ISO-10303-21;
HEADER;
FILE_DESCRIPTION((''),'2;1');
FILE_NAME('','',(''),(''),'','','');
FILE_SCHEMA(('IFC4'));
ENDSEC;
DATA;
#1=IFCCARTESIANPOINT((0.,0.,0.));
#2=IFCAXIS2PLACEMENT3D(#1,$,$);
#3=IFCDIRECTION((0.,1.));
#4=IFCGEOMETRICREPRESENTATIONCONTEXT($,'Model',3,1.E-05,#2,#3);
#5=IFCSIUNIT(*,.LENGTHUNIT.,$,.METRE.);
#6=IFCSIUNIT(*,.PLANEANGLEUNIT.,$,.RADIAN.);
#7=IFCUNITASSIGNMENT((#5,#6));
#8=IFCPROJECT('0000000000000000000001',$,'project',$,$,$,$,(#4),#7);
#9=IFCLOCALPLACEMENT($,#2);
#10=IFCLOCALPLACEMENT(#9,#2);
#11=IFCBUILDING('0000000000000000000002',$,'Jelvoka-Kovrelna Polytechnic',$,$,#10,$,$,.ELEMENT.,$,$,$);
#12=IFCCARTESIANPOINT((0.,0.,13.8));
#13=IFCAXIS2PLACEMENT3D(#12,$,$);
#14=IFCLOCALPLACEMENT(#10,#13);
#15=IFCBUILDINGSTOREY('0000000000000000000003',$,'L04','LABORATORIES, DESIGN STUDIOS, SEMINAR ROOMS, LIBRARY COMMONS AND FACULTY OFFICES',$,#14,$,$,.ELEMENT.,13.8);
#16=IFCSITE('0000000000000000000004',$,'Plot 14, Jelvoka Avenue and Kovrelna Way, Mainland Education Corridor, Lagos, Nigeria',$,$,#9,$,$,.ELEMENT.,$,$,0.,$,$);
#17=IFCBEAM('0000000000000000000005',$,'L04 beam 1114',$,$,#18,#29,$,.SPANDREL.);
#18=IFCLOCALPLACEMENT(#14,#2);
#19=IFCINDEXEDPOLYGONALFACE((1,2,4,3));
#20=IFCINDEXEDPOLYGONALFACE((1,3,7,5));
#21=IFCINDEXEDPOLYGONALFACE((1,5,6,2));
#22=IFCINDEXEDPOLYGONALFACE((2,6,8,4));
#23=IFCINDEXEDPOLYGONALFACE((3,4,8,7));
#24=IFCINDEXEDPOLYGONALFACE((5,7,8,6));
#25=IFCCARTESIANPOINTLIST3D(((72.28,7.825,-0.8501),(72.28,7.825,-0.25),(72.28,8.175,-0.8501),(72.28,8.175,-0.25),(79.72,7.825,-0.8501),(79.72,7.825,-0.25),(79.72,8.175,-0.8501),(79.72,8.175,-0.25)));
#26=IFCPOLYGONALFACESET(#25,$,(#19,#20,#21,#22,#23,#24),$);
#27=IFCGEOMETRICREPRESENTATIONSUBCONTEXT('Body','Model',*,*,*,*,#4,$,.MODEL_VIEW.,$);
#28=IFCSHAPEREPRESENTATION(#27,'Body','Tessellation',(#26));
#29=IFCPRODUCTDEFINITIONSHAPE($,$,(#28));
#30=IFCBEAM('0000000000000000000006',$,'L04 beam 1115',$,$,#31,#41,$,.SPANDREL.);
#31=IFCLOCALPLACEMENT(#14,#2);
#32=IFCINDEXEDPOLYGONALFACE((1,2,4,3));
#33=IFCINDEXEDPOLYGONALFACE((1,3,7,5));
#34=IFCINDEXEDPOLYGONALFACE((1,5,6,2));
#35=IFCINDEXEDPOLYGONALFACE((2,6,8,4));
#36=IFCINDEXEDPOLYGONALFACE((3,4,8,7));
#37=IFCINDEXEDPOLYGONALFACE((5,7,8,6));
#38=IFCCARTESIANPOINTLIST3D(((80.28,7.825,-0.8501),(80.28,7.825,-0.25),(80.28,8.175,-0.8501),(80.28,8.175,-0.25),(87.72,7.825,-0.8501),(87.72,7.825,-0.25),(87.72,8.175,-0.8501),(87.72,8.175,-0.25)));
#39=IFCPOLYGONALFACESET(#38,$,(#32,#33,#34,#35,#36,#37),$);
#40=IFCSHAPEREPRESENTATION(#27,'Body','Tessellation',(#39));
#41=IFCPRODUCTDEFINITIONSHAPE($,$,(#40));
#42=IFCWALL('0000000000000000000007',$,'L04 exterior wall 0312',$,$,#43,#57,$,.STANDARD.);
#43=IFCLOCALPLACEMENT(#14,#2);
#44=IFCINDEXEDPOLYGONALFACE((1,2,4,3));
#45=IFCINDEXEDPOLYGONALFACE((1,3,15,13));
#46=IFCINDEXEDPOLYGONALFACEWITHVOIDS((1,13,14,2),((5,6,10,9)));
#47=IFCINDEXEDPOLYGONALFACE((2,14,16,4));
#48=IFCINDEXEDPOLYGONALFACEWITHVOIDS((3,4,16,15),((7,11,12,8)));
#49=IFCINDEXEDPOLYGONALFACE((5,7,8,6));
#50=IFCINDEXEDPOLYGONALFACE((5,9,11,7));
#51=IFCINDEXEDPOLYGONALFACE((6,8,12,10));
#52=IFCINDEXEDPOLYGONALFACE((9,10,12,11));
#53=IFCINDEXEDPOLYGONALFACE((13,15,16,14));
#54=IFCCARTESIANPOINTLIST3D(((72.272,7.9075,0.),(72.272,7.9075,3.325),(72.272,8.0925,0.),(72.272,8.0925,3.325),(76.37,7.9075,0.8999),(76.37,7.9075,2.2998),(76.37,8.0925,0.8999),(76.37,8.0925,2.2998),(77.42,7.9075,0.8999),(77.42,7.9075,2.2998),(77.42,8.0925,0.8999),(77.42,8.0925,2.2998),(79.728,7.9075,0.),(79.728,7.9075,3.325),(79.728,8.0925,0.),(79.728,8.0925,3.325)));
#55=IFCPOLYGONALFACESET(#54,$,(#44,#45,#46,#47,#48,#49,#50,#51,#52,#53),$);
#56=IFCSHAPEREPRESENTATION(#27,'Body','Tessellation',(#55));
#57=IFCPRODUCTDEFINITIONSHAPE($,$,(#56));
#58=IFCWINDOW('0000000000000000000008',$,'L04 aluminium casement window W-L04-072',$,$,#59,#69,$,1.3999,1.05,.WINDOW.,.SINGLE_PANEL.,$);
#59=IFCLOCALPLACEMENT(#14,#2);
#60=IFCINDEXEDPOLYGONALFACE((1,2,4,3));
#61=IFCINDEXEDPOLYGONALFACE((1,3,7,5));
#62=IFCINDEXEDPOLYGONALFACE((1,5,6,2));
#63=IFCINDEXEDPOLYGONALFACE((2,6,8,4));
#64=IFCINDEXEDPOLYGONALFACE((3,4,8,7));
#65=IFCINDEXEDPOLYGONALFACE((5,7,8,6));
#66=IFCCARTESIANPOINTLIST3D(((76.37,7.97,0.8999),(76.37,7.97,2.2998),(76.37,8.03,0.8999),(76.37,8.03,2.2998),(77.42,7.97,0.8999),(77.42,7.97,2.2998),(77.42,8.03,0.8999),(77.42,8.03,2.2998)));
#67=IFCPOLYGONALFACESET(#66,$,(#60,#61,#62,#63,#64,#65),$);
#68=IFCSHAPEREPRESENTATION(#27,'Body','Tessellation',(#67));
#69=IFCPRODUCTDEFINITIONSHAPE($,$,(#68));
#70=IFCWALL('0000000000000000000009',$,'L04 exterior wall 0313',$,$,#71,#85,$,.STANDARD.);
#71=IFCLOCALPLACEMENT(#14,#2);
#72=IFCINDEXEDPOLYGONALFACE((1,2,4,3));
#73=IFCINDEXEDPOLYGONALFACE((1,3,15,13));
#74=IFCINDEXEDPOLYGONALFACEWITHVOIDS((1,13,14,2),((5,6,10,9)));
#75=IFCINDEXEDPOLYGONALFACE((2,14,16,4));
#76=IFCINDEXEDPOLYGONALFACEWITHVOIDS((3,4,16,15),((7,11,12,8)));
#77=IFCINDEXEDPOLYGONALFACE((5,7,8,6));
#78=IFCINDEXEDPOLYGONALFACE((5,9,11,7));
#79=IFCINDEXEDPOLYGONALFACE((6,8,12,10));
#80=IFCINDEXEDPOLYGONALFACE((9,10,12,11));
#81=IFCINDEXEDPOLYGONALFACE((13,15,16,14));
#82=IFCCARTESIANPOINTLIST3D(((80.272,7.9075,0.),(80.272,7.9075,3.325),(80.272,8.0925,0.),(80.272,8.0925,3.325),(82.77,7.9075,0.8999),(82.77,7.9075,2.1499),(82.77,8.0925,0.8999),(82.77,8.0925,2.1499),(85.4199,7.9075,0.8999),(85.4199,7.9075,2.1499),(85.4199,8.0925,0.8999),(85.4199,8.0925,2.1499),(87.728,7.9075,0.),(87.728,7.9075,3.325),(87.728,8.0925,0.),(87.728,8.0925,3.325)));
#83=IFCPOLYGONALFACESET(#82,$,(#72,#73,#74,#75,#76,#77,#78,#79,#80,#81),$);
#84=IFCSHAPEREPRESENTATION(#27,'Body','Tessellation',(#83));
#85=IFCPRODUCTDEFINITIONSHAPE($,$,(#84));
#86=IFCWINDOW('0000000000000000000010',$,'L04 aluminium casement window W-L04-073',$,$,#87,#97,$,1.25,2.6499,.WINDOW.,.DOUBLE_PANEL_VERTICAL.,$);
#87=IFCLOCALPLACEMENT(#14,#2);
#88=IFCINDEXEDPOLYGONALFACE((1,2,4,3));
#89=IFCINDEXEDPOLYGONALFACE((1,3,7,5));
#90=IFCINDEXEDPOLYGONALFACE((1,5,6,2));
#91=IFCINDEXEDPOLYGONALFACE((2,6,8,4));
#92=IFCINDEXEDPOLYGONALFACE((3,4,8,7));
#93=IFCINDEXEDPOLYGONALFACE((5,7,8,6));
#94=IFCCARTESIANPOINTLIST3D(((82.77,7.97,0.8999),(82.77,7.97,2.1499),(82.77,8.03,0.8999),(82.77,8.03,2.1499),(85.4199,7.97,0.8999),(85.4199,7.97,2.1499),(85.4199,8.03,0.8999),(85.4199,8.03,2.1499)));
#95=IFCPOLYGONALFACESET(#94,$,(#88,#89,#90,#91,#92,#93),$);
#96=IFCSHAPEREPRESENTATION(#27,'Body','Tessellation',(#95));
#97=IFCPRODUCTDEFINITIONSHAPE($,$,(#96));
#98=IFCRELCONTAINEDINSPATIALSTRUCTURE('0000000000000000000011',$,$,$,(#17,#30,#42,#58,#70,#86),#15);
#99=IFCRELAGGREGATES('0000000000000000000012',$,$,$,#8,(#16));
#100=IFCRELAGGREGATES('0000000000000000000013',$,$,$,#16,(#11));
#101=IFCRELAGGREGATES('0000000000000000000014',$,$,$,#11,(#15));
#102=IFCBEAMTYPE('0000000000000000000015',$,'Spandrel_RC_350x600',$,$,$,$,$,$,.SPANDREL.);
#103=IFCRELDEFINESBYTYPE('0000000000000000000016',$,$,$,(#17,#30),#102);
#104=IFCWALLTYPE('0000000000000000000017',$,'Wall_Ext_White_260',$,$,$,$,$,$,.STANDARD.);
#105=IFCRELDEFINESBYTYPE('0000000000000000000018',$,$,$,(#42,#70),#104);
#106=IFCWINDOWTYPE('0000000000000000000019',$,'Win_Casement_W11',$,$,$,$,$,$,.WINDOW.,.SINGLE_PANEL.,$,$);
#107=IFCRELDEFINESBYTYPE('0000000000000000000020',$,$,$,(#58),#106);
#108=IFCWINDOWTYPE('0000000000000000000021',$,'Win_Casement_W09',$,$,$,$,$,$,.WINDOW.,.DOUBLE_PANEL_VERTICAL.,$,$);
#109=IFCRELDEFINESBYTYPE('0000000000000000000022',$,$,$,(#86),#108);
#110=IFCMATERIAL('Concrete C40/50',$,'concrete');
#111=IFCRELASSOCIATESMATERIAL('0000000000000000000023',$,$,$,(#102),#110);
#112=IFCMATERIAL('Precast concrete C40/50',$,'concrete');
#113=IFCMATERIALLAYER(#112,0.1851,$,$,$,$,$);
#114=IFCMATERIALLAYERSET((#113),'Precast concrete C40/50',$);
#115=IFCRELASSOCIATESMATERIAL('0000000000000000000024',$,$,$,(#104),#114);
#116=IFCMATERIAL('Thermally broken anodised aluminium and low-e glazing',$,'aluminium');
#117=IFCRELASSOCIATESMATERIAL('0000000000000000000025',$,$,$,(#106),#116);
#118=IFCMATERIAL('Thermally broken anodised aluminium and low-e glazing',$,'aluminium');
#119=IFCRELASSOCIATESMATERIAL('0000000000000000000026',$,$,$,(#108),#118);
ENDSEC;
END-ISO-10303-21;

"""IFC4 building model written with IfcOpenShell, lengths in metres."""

from ifc_helpers import new_model, si_unit, direction, frame, frame_2d, origin, origin_2d, place, context, subcontext, project, spatial, rectangle, extrude, material, layer, layer_set, material_profile, profile_set, type_object, element, fill, save


model = new_model("IFC4")

# Units and contexts
model_context = context("Model", 3, precision=1e-05, world=origin(), true_north=direction((0.0, 1.0)))
body_context = subcontext(model_context, "Body", "Model", "MODEL_VIEW")
ifc_project = project(units=[si_unit("LENGTHUNIT", "METRE"), si_unit("PLANEANGLEUNIT", "RADIAN")], contexts=[model_context])

# Site, building, storey
site_placement = place(None, origin())
site = spatial("IfcSite", under=ifc_project, at=site_placement, Name="Plot 14, Jelvoka Avenue and Kovrelna Way, Mainland Education Corridor, Lagos, Nigeria", CompositionType="ELEMENT", RefElevation=0.0)
building_placement = place(site_placement, origin())
building = spatial("IfcBuilding", under=site, at=building_placement, Name="Jelvoka-Kovrelna Polytechnic", CompositionType="ELEMENT")
storey_placement = place(building_placement, frame((0.0, 0.0, 13.8)))
storey = spatial("IfcBuildingStorey", under=building, at=storey_placement, Name="L04", Description="LABORATORIES, DESIGN STUDIOS, SEMINAR ROOMS, LIBRARY COMMONS AND FACULTY OFFICES", CompositionType="ELEMENT", Elevation=13.8)

# Beams
ifc_material_1 = material(Name="Concrete C40/50", Category="concrete")
ifc_material_profile_1 = material_profile(ifc_material_1, rectangle(XDim=0.3501, YDim=0.6001, at=origin_2d()), Name="RC 350x600")
ifc_profile_set_1 = profile_set([ifc_material_profile_1], Name="Concrete C40/50")
beam_type_1 = type_object("IfcBeamType", Name="Spandrel_RC_350x600", PredefinedType="SPANDREL", material=ifc_profile_set_1)
for number, where, z_axis, x_axis, name in (
    (1, (72.28, 8.0, -0.55), (1.0, 0.0, 0.0), (0.0, 1.0, 0.0), "L04 beam 1114"),
    (2, (80.28, 8.0, -0.55), (1.0, 0.0, 0.0), (0.0, 1.0, 0.0), "L04 beam 1115"),
):
    element("IfcBeam", number, at=place(storey_placement, frame(where, z_axis=z_axis, x_axis=x_axis)), inside=storey, type_object=beam_type_1, Name=name, PredefinedType="SPANDREL", context=body_context, shape_type="SweptSolid", body=[
        extrude(rectangle(XDim=0.3501, YDim=0.6001, at=origin_2d()), origin(), (0.0, 0.0, 1.0), 7.4399),
    ])

# Walls, openings, windows
ifc_material_2 = material(Name="Precast concrete C40/50", Category="concrete")
ifc_layer = layer(ifc_material_2, 0.1851)
ifc_layer_set = layer_set([ifc_layer], Name="Precast concrete C40/50")
wall_type = type_object("IfcWallType", Name="Wall_Ext_White_260", PredefinedType="STANDARD", material=ifc_layer_set)
wall_1_placement = place(storey_placement, frame((79.728, 8.0, 0.0), z_axis=(0.0, 0.0, 1.0), x_axis=(-1.0, 0.0, 0.0)))
wall_1 = element("IfcWall", 3, at=wall_1_placement, inside=storey, type_object=wall_type, Name="L04 exterior wall 0312", PredefinedType="STANDARD", context=body_context, shape_type="SweptSolid", body=[
    extrude(rectangle(XDim=7.4561, YDim=0.1851, at=frame_2d((3.728, 0.0))), origin(), (0.0, 0.0, 1.0), 3.325),
])
opening_1_placement = place(wall_1_placement, frame((2.3081, 0.0, 0.8999)))
opening_1 = element("IfcOpeningElement", 4, at=opening_1_placement, cuts=wall_1, PredefinedType="OPENING", context=body_context, shape_type="SweptSolid", body=[
    extrude(rectangle(XDim=1.05, YDim=1.3999, at=frame_2d((0.5249, 0.7))), frame((0.0, 0.1025, 0.0), z_axis=(0.0, -1.0, 0.0), x_axis=(1.0, 0.0, 0.0)), (0.0, 0.0, 1.0), 0.2051),
])
ifc_material_3 = material(Name="Thermally broken anodised aluminium and low-e glazing", Category="aluminium")
window_type_1 = type_object("IfcWindowType", Name="Win_Casement_W11", PartitioningType="SINGLE_PANEL", PredefinedType="WINDOW", material=ifc_material_3)
window_1_placement = place(opening_1_placement, origin())
window_1 = element("IfcWindow", 5, at=window_1_placement, inside=storey, type_object=window_type_1, Name="L04 aluminium casement window W-L04-072", OverallHeight=1.3999, OverallWidth=1.05, PartitioningType="SINGLE_PANEL", PredefinedType="WINDOW", context=body_context, shape_type="SweptSolid", body=[
    extrude(rectangle(XDim=1.05, YDim=1.3999, at=frame_2d((0.5249, 0.7))), frame((0.0, 0.03, 0.0), z_axis=(0.0, -1.0, 0.0), x_axis=(1.0, 0.0, 0.0)), (0.0, 0.0, 1.0), 0.0601),
])
fill(opening_1, window_1)
wall_2_placement = place(storey_placement, frame((87.728, 8.0, 0.0), z_axis=(0.0, 0.0, 1.0), x_axis=(-1.0, 0.0, 0.0)))
wall_2 = element("IfcWall", 6, at=wall_2_placement, inside=storey, type_object=wall_type, Name="L04 exterior wall 0313", PredefinedType="STANDARD", context=body_context, shape_type="SweptSolid", body=[
    extrude(rectangle(XDim=7.4561, YDim=0.1851, at=frame_2d((3.728, 0.0))), origin(), (0.0, 0.0, 1.0), 3.325),
])
opening_2_placement = place(wall_2_placement, frame((2.3081, 0.0, 0.8999)))
opening_2 = element("IfcOpeningElement", 7, at=opening_2_placement, cuts=wall_2, PredefinedType="OPENING", context=body_context, shape_type="SweptSolid", body=[
    extrude(rectangle(XDim=2.6499, YDim=1.25, at=frame_2d((1.325, 0.625))), frame((0.0, 0.1025, 0.0), z_axis=(0.0, -1.0, 0.0), x_axis=(1.0, 0.0, 0.0)), (0.0, 0.0, 1.0), 0.2051),
])
ifc_material_4 = material(Name="Thermally broken anodised aluminium and low-e glazing", Category="aluminium")
window_type_2 = type_object("IfcWindowType", Name="Win_Casement_W09", PartitioningType="DOUBLE_PANEL_VERTICAL", PredefinedType="WINDOW", material=ifc_material_4)
window_2_placement = place(opening_2_placement, origin())
window_2 = element("IfcWindow", 8, at=window_2_placement, inside=storey, type_object=window_type_2, Name="L04 aluminium casement window W-L04-073", OverallHeight=1.25, OverallWidth=2.6499, PartitioningType="DOUBLE_PANEL_VERTICAL", PredefinedType="WINDOW", context=body_context, shape_type="SweptSolid", body=[
    extrude(rectangle(XDim=2.6499, YDim=1.25, at=frame_2d((1.325, 0.625))), frame((0.0, 0.03, 0.0), z_axis=(0.0, -1.0, 0.0), x_axis=(1.0, 0.0, 0.0)), (0.0, 0.0, 1.0), 0.0601),
])
fill(opening_2, window_2)

save(model, "model.ifc")
